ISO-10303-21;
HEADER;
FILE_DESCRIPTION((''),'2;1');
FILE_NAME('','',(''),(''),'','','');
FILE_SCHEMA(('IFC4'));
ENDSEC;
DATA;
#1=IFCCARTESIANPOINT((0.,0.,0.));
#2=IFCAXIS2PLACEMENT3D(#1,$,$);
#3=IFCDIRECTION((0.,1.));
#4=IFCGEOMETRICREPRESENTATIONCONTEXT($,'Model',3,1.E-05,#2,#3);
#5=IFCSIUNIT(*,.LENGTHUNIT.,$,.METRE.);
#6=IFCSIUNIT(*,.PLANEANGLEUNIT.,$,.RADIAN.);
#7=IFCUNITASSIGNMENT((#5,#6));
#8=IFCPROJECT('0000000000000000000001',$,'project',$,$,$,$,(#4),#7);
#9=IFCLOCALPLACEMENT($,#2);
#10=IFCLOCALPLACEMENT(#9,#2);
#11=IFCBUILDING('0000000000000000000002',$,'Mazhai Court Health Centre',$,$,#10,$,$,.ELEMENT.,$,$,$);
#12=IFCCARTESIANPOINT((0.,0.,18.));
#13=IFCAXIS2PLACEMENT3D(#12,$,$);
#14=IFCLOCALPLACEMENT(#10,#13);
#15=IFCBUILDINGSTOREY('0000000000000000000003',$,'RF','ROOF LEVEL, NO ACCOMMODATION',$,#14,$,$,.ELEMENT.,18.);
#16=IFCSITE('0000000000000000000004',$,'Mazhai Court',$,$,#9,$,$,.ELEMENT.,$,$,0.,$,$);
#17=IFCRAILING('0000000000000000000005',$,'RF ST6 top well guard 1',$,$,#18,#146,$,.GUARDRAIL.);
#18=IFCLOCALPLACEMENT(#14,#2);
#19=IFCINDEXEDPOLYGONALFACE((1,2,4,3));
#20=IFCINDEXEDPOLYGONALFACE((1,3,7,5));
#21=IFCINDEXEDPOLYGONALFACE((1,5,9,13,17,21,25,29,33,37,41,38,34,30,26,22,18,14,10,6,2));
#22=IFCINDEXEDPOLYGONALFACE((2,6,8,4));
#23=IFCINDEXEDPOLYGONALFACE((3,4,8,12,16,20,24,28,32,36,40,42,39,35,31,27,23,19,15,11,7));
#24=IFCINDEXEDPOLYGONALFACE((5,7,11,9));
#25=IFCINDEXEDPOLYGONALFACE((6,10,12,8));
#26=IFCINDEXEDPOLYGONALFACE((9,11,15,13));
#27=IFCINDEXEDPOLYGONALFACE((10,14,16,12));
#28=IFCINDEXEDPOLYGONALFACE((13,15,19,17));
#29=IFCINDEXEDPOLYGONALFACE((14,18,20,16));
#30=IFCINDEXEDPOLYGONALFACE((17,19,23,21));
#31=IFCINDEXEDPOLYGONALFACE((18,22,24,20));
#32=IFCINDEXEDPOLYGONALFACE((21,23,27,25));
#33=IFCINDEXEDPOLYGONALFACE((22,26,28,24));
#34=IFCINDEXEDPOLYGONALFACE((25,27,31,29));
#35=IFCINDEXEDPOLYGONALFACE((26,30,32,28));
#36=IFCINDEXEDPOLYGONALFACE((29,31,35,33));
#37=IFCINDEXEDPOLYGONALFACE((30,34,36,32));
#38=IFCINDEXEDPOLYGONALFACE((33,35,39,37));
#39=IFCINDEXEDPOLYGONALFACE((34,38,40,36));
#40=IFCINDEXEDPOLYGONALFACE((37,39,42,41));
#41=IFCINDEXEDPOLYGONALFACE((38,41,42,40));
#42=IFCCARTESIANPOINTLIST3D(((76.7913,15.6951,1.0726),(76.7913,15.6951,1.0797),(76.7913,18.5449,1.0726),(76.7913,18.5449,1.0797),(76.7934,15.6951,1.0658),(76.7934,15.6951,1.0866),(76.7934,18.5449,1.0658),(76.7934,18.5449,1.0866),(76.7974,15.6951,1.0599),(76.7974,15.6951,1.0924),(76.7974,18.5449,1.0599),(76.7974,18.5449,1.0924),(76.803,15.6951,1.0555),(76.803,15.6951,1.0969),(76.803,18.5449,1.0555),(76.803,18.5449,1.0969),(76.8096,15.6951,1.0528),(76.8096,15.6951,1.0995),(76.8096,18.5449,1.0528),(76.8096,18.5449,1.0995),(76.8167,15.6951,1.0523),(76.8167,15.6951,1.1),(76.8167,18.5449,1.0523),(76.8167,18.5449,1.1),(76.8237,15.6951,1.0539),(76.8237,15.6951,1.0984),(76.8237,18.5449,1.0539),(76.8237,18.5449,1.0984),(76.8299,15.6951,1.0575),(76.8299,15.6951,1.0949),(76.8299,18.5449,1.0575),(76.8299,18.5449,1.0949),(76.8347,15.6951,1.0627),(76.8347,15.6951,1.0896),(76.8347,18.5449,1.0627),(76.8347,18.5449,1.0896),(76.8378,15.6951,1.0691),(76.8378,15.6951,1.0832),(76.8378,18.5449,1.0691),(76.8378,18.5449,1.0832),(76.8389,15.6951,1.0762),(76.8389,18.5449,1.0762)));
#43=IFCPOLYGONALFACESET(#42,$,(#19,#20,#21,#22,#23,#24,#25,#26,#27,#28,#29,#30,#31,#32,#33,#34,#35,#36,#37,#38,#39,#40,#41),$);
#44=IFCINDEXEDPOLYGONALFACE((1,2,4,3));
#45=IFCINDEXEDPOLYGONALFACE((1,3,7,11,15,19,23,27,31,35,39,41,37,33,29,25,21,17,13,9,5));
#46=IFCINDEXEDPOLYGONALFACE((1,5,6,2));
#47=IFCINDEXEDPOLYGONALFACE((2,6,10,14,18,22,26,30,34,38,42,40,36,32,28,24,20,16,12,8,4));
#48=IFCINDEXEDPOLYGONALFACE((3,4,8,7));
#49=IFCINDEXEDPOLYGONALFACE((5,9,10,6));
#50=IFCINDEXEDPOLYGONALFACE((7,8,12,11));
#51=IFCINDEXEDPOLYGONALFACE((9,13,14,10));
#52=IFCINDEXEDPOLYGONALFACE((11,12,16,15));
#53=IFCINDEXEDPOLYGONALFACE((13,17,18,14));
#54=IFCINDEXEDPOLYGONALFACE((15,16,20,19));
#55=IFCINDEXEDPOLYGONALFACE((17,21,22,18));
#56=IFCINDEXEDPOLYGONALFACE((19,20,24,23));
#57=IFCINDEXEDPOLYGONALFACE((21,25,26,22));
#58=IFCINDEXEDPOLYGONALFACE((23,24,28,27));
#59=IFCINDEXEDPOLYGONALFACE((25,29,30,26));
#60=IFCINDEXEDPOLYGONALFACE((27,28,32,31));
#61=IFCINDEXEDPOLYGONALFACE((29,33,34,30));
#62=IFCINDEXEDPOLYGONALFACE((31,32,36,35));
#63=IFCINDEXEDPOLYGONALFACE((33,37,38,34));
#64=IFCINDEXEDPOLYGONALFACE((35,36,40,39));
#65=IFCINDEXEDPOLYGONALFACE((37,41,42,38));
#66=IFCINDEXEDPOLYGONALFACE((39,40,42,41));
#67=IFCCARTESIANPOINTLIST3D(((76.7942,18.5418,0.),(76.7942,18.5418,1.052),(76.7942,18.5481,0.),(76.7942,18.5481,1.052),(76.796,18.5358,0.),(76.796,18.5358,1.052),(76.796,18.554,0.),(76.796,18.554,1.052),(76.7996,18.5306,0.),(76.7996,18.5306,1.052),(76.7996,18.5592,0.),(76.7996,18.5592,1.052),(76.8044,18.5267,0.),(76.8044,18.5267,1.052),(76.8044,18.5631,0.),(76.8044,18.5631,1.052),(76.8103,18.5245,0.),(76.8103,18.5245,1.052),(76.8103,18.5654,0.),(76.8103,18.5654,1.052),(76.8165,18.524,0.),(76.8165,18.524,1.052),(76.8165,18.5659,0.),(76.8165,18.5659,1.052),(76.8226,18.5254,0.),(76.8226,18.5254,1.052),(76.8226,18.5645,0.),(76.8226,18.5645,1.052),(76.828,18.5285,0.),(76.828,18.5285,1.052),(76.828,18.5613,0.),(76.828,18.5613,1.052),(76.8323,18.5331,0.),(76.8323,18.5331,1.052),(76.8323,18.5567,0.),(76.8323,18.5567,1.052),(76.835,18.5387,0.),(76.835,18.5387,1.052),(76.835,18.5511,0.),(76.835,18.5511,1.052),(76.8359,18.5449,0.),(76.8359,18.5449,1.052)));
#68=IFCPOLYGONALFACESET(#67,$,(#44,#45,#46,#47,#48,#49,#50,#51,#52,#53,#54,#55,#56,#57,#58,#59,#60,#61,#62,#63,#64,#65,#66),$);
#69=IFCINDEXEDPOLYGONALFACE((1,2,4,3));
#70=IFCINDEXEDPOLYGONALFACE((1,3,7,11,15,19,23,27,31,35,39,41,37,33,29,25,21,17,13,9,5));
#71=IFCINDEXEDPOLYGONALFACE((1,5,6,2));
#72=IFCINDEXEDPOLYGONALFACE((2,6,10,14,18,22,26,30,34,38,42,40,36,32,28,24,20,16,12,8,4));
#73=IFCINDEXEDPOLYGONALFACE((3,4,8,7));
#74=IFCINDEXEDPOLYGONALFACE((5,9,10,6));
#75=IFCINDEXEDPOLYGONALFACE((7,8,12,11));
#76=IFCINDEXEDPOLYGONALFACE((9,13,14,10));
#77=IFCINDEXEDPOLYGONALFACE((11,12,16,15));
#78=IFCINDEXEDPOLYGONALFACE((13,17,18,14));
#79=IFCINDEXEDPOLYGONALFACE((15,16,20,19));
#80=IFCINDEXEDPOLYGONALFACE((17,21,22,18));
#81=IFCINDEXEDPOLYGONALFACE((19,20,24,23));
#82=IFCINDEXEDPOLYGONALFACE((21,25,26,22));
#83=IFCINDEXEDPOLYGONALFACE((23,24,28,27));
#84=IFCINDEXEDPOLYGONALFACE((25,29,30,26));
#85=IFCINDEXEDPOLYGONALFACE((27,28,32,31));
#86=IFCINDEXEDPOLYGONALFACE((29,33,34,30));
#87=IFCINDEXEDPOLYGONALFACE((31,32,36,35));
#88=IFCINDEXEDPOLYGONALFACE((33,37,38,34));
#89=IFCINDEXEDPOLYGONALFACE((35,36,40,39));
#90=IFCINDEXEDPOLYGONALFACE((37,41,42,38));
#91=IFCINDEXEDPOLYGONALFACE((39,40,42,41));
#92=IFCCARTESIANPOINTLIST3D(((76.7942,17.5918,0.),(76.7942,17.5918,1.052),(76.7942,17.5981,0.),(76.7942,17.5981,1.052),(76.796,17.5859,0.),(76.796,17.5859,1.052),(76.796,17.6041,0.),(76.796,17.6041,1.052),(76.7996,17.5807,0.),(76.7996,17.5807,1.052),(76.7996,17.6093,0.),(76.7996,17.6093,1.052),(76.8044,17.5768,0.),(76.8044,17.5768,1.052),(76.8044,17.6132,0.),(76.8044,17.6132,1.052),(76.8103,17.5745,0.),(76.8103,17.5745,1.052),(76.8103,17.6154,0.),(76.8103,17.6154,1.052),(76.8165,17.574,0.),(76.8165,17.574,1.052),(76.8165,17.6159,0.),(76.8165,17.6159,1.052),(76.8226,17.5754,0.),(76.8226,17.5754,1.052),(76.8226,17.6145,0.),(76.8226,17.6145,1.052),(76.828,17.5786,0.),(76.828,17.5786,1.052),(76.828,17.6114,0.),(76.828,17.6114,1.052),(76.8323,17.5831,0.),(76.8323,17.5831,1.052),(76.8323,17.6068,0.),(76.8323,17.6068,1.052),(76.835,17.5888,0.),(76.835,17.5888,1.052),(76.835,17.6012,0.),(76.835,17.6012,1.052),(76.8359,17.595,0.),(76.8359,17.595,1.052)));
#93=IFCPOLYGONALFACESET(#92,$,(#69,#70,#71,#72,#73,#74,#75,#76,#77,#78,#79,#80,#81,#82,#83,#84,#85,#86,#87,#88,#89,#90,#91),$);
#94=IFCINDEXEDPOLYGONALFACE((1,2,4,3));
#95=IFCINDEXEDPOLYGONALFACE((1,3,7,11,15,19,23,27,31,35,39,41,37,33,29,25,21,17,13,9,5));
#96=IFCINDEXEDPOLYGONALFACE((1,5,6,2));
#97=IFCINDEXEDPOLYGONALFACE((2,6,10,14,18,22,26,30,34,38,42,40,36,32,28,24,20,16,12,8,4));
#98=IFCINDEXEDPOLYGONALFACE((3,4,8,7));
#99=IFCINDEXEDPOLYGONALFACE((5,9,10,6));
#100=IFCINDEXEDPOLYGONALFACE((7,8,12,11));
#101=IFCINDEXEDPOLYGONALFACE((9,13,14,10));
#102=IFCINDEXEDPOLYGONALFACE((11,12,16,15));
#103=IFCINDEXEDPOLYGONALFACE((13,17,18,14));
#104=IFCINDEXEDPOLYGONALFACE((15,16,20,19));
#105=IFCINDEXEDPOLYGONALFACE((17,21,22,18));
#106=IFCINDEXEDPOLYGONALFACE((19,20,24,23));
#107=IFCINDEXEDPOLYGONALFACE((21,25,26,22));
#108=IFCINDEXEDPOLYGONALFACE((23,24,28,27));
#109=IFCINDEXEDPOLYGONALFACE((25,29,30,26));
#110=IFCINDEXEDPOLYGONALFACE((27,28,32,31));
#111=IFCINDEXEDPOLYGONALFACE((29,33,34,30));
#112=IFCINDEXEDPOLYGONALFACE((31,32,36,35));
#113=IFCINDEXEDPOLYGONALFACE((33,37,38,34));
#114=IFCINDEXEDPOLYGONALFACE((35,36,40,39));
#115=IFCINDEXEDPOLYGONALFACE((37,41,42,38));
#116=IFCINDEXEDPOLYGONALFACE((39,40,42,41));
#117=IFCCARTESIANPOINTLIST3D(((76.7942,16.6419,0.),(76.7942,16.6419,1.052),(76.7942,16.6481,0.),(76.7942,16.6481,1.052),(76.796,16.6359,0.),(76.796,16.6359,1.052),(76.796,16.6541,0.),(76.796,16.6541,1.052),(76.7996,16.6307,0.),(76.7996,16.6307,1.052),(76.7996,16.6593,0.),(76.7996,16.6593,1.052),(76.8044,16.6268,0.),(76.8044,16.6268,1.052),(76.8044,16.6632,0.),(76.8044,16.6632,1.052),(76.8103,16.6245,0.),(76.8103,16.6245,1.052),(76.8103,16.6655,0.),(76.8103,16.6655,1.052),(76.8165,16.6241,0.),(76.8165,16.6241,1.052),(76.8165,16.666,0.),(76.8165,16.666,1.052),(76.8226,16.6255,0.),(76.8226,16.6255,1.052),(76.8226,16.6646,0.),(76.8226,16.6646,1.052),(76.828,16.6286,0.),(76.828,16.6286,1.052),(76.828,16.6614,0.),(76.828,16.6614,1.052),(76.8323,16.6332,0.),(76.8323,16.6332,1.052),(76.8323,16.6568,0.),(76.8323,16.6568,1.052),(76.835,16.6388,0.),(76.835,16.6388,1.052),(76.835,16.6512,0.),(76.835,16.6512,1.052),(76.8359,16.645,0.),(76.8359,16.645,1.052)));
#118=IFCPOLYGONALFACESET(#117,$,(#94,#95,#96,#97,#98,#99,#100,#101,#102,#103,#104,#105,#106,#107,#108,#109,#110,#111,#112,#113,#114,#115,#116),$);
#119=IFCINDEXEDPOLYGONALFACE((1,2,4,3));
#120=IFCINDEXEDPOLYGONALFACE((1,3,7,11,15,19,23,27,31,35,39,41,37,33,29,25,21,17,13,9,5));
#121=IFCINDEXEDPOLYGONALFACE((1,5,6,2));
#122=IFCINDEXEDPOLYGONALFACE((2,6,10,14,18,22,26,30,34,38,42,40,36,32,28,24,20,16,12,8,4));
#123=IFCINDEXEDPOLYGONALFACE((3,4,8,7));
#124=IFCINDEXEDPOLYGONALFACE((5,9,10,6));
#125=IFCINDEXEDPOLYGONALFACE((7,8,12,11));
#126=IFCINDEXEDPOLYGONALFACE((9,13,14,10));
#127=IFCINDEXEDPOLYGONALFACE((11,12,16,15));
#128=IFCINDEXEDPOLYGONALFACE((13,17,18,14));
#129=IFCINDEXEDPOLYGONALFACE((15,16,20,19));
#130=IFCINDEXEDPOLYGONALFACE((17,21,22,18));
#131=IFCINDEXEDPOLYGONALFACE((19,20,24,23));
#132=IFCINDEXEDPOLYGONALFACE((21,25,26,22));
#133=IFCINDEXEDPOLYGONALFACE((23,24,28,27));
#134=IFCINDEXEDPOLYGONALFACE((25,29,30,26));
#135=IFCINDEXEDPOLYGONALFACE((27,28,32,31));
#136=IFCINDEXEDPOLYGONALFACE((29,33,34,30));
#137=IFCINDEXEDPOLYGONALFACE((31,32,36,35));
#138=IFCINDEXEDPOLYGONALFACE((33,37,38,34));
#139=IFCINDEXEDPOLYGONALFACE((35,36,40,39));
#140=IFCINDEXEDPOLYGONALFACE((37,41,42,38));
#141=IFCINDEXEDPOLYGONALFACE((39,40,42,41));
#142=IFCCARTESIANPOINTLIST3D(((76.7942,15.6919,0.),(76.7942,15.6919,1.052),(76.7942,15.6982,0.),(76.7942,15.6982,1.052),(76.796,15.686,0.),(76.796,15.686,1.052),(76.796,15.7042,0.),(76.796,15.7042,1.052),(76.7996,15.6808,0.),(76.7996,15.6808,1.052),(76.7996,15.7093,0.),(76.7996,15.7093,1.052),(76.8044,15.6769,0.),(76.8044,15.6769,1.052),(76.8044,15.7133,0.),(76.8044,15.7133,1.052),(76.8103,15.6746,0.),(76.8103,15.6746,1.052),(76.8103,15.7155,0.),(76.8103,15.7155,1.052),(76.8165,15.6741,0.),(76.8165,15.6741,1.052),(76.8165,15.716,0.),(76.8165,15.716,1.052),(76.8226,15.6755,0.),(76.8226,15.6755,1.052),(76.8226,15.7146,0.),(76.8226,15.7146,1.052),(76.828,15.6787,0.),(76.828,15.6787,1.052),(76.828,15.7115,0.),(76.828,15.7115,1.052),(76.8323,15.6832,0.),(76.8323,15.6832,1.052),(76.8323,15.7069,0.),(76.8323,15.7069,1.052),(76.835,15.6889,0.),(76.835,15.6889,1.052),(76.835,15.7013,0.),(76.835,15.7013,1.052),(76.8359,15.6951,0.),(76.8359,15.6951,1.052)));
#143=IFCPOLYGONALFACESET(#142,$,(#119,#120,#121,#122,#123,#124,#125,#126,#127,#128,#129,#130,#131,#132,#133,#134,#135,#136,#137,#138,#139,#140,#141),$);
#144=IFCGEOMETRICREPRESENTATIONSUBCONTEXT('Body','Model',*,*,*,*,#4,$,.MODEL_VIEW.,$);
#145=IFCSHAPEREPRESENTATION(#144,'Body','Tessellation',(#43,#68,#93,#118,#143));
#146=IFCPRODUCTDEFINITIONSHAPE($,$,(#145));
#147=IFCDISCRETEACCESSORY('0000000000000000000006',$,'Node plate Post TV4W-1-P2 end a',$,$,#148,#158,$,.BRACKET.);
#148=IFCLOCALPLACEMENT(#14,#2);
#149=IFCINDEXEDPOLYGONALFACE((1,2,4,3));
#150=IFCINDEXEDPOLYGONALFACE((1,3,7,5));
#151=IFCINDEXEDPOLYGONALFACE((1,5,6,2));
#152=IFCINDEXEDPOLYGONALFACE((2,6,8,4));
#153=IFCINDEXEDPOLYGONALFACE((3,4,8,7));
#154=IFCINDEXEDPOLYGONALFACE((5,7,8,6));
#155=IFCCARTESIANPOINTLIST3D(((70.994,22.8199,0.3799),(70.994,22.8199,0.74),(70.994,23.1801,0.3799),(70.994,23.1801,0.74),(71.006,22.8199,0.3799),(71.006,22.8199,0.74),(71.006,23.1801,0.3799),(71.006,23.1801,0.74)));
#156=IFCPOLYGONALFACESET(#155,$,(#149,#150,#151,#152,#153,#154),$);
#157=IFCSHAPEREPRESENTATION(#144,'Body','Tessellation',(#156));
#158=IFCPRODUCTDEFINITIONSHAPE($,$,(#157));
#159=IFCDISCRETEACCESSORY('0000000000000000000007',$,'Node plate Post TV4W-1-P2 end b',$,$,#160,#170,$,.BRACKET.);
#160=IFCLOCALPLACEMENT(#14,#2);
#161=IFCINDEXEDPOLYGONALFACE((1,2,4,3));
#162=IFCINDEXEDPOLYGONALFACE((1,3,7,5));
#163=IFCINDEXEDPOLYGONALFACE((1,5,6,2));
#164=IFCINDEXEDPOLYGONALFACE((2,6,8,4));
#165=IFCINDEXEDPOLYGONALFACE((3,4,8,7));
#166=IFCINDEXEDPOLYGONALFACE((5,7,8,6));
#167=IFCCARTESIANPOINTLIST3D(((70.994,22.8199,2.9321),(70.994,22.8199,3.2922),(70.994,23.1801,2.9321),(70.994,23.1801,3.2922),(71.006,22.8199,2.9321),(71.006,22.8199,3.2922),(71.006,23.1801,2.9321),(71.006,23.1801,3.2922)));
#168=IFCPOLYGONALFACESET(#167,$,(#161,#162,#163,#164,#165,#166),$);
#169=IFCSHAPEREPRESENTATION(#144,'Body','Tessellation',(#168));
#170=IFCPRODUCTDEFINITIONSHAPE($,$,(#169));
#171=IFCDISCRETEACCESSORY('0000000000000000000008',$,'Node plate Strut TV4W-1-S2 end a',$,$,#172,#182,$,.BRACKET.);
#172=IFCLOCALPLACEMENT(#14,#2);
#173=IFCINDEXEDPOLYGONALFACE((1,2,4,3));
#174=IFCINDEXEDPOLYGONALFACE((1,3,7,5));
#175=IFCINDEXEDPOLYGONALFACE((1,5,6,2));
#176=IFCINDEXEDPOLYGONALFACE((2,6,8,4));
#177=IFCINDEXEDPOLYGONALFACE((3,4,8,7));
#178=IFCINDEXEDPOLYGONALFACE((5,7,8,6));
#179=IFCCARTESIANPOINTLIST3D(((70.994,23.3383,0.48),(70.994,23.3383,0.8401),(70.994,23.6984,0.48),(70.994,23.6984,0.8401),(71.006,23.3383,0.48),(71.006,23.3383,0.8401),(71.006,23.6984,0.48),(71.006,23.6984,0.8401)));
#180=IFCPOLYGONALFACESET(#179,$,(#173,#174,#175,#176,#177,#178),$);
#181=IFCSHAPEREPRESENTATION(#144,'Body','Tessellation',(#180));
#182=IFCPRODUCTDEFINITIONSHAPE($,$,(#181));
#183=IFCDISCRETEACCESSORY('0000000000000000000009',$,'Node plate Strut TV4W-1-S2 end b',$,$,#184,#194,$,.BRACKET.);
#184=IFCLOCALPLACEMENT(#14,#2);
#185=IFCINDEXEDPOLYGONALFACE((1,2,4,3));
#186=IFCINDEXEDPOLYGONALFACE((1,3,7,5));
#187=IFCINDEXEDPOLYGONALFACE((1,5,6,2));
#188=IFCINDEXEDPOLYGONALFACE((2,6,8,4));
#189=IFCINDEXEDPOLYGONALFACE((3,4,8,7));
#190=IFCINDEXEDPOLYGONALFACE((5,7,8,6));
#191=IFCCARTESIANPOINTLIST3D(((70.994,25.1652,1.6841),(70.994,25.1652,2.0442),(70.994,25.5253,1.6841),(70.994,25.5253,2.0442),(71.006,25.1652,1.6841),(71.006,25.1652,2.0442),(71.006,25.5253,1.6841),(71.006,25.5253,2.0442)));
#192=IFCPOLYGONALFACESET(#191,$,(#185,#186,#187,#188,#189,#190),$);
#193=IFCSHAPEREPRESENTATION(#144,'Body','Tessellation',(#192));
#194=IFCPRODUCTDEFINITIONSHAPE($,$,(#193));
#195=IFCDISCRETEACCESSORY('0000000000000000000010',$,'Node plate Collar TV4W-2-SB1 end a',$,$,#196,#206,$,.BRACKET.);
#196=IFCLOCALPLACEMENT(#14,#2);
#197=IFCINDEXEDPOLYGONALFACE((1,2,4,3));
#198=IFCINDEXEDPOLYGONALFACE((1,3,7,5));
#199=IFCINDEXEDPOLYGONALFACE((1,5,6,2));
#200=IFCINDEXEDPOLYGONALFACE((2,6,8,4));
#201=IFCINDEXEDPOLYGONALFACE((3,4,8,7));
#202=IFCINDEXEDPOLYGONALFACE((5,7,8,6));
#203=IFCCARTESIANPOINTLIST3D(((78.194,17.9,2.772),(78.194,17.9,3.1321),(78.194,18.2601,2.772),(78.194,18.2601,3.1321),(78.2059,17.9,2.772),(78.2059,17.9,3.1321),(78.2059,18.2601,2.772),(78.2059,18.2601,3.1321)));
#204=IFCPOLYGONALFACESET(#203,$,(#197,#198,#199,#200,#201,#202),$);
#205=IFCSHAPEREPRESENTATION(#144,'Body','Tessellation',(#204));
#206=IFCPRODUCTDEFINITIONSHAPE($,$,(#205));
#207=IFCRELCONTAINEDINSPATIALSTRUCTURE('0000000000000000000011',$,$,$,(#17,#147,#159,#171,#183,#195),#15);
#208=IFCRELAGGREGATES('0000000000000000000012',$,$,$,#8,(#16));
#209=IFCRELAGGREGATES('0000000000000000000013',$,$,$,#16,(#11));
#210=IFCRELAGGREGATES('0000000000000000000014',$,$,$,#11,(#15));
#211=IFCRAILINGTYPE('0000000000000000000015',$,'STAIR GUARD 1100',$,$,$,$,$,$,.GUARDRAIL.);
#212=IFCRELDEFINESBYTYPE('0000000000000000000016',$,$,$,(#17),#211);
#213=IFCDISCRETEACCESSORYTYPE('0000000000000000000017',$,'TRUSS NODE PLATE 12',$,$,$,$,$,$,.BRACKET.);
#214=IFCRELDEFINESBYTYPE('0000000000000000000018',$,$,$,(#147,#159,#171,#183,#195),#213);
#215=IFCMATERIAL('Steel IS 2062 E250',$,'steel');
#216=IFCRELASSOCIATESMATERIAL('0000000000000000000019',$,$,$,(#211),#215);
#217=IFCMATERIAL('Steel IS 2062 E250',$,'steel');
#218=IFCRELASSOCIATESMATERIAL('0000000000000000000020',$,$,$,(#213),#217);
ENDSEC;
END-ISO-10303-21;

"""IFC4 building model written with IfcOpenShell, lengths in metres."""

from ifc_helpers import new_model, si_unit, direction, frame, origin, origin_2d, place, context, subcontext, project, spatial, rectangle, circle, extrude, material, type_object, element, save


model = new_model("IFC4")

# Units and contexts
model_context = context("Model", 3, precision=1e-05, world=origin(), true_north=direction((0.0, 1.0)))
body_context = subcontext(model_context, "Body", "Model", "MODEL_VIEW")
ifc_project = project(units=[si_unit("LENGTHUNIT", "METRE"), si_unit("PLANEANGLEUNIT", "RADIAN")], contexts=[model_context])

# Site, building, storey
site_placement = place(None, origin())
site = spatial("IfcSite", under=ifc_project, at=site_placement, Name="Mazhai Court", CompositionType="ELEMENT", RefElevation=0.0)
building_placement = place(site_placement, origin())
building = spatial("IfcBuilding", under=site, at=building_placement, Name="Mazhai Court Health Centre", CompositionType="ELEMENT")
storey_placement = place(building_placement, frame((0.0, 0.0, 18.0)))
storey = spatial("IfcBuildingStorey", under=building, at=storey_placement, Name="RF", Description="ROOF LEVEL, NO ACCOMMODATION", CompositionType="ELEMENT", Elevation=18.0)

# Railing
ifc_material_1 = material(Name="Steel IS 2062 E250", Category="steel")
railing_type = type_object("IfcRailingType", Name="STAIR GUARD 1100", PredefinedType="GUARDRAIL", material=ifc_material_1)
railing_placement = place(storey_placement, frame((76.8149, 18.5449, 0.0)))
element("IfcRailing", 1, at=railing_placement, inside=storey, type_object=railing_type, Name="RF ST6 top well guard 1", PredefinedType="GUARDRAIL", context=body_context, shape_type="SweptSolid", body=[
    extrude(circle(Radius=0.0239, at=origin_2d()), frame((0.0, 0.0, 1.0762), z_axis=(0.0, -1.0, 0.0), x_axis=(1.0, 0.0, 0.0)), (0.0, 0.0, 1.0), 2.8499),
    extrude(circle(Radius=0.021, at=origin_2d()), origin(), (0.0, 0.0, 1.0), 1.052),
    extrude(circle(Radius=0.021, at=origin_2d()), frame((0.0, -0.95, 0.0)), (0.0, 0.0, 1.0), 1.052),
    extrude(circle(Radius=0.021, at=origin_2d()), frame((0.0, -1.8999, 0.0)), (0.0, 0.0, 1.0), 1.052),
    extrude(circle(Radius=0.021, at=origin_2d()), frame((0.0, -2.8499, 0.0)), (0.0, 0.0, 1.0), 1.052),
])

# Discrete accessories
ifc_material_2 = material(Name="Steel IS 2062 E250", Category="steel")
discrete_accessory_type = type_object("IfcDiscreteAccessoryType", Name="TRUSS NODE PLATE 12", PredefinedType="BRACKET", material=ifc_material_2)
for number, where, z_axis, x_axis, name in (
    (2, (71.0, 23.0, 0.3799), (0.0, 0.0, 1.0), (1.0, 0.0, 0.0), "Node plate Post TV4W-1-P2 end a"),
    (3, (71.0, 23.0, 2.9321), (0.0, 0.0, 1.0), (1.0, 0.0, 0.0), "Node plate Post TV4W-1-P2 end b"),
    (4, (71.0, 23.5183, 0.48), (0.0, 0.0, 1.0), (1.0, 0.0, 0.0), "Node plate Strut TV4W-1-S2 end a"),
    (5, (71.0, 25.3452, 1.6841), (0.0, 0.0, 1.0), (1.0, 0.0, 0.0), "Node plate Strut TV4W-1-S2 end b"),
    (6, (78.2, 18.0801, 2.772), (0.0, 0.0, 1.0), (1.0, 0.0, 0.0), "Node plate Collar TV4W-2-SB1 end a"),
):
    element("IfcDiscreteAccessory", number, at=place(storey_placement, frame(where, z_axis=z_axis, x_axis=x_axis)), inside=storey, type_object=discrete_accessory_type, Name=name, PredefinedType="BRACKET", context=body_context, shape_type="SweptSolid", body=[
        extrude(rectangle(XDim=0.012, YDim=0.3601, at=origin_2d()), origin(), (0.0, 0.0, 1.0), 0.3601),
    ])

save(model, "model.ifc")
